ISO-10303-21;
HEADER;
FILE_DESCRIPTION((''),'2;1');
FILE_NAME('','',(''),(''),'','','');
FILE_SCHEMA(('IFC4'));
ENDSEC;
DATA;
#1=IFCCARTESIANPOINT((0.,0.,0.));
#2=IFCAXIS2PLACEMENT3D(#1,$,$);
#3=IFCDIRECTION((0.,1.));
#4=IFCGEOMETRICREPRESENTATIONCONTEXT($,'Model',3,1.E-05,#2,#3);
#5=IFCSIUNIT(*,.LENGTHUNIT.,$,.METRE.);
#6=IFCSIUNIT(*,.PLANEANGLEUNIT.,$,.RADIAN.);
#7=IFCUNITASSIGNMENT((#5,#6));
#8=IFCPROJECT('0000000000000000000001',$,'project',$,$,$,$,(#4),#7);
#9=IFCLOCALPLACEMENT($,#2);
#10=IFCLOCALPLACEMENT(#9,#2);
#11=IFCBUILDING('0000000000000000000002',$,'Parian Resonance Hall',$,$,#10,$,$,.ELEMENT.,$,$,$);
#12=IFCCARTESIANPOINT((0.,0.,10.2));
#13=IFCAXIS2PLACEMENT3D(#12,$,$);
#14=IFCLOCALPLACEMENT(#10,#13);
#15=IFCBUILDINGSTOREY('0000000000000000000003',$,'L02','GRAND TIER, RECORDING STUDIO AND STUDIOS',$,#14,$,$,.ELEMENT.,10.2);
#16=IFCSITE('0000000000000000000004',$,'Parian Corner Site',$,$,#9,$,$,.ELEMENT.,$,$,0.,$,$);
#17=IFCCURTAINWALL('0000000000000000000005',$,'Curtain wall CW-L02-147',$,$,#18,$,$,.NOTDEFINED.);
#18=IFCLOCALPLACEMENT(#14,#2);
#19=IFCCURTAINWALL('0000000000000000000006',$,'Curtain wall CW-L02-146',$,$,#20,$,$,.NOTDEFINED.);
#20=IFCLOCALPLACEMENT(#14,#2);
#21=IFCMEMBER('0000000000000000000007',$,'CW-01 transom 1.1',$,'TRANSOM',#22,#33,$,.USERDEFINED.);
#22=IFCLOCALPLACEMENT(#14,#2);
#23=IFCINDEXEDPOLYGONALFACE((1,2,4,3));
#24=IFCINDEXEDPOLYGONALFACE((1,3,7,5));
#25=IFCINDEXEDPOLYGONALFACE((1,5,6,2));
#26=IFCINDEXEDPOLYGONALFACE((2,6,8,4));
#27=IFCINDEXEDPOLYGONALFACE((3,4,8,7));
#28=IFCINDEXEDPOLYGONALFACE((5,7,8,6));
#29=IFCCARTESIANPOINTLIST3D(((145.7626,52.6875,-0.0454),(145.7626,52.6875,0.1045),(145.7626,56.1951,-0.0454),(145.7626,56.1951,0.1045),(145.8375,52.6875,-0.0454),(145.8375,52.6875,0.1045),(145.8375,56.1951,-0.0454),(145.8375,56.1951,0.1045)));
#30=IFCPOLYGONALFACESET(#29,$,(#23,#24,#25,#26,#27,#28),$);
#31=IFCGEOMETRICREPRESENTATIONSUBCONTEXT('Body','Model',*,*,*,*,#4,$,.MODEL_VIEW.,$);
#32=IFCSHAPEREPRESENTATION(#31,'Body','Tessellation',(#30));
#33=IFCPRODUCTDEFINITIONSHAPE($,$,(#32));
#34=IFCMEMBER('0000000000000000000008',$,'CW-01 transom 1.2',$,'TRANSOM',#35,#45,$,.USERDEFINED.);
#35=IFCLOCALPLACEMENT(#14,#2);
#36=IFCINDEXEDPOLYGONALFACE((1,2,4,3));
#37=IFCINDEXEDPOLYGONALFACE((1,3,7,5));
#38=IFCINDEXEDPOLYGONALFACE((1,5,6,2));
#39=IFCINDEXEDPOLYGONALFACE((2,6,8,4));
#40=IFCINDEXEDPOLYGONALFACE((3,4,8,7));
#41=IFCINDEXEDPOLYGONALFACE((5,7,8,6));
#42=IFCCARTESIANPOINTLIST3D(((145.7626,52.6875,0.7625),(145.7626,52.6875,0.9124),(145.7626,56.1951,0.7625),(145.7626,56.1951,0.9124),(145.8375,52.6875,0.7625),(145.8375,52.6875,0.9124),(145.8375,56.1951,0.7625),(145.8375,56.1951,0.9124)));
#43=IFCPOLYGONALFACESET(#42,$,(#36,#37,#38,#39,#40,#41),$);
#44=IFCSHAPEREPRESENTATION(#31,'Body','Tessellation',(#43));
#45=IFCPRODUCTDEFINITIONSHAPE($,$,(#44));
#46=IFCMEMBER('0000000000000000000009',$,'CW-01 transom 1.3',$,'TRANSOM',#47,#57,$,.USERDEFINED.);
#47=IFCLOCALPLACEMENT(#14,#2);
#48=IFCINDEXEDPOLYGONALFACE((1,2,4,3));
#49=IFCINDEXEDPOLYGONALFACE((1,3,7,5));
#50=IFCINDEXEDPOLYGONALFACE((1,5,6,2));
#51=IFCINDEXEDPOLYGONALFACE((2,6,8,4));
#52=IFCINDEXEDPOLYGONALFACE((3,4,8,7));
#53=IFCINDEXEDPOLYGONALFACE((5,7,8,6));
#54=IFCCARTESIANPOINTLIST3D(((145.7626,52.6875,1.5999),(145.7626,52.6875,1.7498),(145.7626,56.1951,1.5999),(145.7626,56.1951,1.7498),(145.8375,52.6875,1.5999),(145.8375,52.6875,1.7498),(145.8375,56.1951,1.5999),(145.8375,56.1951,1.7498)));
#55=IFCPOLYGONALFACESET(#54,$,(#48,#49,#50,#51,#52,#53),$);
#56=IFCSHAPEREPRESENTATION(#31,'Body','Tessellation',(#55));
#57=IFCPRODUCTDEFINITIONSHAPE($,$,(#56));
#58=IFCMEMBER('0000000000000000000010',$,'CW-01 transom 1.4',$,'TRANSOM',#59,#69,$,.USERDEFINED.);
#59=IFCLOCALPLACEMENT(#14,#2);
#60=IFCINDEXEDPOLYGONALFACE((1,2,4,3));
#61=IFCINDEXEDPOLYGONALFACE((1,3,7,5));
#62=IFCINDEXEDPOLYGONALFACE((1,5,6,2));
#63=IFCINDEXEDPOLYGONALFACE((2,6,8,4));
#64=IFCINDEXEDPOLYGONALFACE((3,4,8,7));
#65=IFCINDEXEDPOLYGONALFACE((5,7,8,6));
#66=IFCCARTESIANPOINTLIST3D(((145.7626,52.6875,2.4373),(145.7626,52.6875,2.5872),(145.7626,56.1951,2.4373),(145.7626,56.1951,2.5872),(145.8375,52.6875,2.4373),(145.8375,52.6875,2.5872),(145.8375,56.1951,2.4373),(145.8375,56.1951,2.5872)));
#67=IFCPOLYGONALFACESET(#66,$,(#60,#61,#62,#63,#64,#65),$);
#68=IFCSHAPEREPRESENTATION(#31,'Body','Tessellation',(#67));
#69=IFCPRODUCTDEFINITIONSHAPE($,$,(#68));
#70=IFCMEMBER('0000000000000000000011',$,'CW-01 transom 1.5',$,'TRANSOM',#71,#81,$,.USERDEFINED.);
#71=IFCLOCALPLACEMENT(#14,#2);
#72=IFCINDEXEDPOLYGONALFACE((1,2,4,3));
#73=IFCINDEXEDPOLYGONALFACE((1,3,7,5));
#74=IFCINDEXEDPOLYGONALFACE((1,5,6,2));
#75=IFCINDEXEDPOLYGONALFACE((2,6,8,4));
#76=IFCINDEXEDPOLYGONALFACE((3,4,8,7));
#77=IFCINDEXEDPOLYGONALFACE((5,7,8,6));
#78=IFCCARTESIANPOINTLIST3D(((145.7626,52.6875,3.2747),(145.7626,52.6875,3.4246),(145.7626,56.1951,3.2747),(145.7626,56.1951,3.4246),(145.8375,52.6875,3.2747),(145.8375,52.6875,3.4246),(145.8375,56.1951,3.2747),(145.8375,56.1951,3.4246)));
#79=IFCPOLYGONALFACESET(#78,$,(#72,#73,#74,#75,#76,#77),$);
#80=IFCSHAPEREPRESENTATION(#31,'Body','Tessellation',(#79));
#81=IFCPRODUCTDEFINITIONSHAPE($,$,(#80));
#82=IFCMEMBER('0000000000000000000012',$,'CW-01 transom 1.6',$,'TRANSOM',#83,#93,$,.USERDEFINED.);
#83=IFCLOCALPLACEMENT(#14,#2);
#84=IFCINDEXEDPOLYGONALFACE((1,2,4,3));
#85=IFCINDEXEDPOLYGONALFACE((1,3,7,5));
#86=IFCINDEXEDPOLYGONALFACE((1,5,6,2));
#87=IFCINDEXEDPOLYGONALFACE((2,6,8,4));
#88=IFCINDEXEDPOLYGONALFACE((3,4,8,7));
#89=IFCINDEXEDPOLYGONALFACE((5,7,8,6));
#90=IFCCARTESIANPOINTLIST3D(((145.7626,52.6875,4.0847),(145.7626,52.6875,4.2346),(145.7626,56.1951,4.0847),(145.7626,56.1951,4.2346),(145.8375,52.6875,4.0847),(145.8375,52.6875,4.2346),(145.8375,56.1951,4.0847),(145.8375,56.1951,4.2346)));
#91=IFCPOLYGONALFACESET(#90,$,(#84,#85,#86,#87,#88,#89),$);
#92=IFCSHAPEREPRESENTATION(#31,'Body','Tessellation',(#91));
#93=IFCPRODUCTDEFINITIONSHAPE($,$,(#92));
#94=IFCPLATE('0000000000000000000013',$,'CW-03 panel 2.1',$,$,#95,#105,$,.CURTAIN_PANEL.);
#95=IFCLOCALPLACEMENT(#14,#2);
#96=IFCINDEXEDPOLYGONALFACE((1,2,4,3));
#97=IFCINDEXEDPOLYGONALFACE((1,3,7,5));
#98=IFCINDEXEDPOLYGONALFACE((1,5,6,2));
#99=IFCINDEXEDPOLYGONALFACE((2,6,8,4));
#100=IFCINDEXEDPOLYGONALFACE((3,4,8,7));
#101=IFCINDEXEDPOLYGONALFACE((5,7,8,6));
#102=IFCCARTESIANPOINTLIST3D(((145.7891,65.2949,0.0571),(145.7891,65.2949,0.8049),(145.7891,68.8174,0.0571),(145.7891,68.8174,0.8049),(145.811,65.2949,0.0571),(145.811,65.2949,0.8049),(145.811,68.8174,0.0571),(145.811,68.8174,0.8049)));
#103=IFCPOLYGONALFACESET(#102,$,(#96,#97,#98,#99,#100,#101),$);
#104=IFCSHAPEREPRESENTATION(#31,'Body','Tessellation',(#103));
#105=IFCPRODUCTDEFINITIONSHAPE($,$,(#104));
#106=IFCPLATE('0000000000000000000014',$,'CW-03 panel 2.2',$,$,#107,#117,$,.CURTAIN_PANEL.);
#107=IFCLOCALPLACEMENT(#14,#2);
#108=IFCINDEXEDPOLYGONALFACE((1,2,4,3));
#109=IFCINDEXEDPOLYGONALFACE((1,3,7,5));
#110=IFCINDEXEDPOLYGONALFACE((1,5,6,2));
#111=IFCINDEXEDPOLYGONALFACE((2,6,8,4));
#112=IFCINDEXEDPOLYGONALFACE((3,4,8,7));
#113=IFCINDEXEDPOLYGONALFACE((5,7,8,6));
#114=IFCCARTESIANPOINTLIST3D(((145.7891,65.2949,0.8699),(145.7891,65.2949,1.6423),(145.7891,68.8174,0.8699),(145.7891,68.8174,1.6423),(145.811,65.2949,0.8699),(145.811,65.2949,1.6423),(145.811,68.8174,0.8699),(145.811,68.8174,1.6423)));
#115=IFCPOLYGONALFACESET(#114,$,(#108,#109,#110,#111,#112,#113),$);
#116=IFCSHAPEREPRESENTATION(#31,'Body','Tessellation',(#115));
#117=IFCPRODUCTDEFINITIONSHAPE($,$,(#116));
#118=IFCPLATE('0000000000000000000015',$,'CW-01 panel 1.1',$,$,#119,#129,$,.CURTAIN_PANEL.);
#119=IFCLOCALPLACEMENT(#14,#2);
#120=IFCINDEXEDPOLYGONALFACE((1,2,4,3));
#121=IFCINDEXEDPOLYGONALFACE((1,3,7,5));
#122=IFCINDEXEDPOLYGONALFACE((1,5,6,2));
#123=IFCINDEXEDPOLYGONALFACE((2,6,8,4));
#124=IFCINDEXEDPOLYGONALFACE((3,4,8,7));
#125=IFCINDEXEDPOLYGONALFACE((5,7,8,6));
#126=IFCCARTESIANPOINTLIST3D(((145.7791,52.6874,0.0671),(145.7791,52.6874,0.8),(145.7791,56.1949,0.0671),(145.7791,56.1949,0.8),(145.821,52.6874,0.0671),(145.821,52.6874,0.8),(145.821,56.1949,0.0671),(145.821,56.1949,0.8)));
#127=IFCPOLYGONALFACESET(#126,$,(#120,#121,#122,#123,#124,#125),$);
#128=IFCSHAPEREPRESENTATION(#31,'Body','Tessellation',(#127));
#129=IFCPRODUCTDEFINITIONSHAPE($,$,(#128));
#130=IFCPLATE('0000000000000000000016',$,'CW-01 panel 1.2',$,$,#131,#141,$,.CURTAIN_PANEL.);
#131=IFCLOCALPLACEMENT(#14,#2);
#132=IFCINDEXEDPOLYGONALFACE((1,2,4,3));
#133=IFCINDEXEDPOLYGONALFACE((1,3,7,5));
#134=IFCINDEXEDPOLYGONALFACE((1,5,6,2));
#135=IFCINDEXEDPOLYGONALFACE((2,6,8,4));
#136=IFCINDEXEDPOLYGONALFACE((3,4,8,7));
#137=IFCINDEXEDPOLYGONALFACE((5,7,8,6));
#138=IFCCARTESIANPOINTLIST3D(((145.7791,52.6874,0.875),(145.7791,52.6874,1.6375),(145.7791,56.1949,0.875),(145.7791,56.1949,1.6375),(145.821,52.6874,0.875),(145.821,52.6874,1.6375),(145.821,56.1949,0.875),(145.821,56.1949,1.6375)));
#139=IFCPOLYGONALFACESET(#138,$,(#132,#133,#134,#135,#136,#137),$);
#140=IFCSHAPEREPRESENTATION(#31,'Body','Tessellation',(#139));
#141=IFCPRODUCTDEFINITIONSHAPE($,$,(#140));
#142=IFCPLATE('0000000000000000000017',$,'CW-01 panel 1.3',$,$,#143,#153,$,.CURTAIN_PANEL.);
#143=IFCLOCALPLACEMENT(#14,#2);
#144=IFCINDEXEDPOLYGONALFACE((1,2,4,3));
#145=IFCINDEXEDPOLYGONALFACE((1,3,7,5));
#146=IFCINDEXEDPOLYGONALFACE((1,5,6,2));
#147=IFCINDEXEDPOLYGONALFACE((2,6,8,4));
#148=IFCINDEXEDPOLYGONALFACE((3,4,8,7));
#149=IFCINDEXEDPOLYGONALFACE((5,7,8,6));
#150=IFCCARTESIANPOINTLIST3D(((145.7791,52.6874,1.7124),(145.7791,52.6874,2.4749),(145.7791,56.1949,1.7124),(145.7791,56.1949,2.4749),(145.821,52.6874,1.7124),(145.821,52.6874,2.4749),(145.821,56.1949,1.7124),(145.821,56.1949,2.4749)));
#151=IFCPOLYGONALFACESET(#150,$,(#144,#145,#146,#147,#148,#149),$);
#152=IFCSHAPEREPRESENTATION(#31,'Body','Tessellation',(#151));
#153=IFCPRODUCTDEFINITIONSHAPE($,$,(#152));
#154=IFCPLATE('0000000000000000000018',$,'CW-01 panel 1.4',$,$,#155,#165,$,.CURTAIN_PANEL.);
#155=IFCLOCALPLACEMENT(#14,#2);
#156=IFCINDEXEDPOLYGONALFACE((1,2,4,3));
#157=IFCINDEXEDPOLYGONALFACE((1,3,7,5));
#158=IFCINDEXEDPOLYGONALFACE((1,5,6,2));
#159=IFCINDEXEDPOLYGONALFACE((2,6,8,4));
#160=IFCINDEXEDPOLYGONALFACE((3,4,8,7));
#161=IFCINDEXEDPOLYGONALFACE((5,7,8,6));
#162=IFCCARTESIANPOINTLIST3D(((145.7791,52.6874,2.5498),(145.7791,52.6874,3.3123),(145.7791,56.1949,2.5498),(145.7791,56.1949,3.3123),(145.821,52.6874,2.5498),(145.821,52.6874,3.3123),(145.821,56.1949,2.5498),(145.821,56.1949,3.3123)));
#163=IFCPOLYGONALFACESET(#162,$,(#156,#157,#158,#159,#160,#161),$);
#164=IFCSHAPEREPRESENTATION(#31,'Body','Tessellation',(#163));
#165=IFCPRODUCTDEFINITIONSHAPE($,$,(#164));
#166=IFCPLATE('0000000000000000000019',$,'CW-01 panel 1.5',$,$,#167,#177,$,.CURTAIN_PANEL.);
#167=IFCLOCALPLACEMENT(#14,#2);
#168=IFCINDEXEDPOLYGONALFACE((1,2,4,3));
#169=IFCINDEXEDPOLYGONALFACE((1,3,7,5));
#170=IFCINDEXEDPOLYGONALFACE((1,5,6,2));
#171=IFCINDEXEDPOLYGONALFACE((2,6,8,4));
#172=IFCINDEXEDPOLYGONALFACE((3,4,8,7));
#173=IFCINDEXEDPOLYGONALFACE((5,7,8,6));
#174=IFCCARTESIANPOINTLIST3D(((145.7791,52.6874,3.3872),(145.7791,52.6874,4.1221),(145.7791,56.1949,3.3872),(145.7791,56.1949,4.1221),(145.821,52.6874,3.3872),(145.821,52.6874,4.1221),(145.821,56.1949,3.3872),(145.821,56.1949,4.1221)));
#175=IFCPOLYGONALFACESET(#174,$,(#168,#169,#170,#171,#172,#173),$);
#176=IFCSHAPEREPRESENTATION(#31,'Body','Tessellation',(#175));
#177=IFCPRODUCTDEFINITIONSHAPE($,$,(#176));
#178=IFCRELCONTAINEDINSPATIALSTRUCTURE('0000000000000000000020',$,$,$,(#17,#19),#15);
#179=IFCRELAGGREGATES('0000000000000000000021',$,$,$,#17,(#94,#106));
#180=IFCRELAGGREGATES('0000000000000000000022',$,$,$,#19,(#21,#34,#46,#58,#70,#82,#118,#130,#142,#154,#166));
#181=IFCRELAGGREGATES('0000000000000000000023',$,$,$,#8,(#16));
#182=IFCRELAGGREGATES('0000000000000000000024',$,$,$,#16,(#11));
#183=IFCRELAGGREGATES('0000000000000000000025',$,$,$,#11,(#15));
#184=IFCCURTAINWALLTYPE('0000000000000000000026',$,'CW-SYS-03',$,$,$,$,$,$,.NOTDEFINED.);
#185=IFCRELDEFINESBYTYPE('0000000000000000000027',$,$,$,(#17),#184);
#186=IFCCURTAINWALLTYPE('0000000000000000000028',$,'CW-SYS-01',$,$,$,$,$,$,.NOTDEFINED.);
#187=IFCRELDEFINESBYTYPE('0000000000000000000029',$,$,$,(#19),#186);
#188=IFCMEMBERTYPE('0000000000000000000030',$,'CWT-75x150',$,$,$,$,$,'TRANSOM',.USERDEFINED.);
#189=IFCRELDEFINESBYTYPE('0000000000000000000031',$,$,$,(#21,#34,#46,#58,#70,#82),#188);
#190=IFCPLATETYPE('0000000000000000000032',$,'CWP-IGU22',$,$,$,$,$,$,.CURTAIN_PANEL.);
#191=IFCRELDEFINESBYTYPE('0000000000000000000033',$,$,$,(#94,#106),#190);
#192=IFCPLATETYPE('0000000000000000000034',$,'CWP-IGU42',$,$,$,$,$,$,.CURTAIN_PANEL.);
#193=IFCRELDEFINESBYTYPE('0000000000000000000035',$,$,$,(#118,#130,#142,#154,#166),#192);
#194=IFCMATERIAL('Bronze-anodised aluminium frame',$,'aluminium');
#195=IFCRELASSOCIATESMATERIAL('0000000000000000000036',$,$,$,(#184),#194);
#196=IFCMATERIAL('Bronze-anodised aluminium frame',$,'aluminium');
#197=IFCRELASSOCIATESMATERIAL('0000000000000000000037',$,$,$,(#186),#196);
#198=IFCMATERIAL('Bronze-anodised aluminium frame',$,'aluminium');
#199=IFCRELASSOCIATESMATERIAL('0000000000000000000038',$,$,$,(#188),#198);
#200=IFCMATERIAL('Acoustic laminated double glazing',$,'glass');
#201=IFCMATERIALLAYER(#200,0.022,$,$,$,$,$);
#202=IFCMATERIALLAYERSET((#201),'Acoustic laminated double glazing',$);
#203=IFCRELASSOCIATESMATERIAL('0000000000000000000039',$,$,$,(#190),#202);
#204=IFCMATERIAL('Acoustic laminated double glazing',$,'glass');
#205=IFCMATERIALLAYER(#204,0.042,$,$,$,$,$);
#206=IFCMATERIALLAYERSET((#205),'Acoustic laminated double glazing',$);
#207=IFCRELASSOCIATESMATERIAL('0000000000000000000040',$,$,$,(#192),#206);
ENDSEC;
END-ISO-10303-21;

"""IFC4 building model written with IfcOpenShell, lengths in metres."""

from ifc_helpers import new_model, si_unit, direction, frame, origin, origin_2d, place, context, subcontext, project, spatial, rectangle, extrude, material, layer, layer_set, material_profile, profile_set, type_object, element, aggregate, save


model = new_model("IFC4")

# Units and contexts
model_context = context("Model", 3, precision=1e-05, world=origin(), true_north=direction((0.0, 1.0)))
body_context = subcontext(model_context, "Body", "Model", "MODEL_VIEW")
ifc_project = project(units=[si_unit("LENGTHUNIT", "METRE"), si_unit("PLANEANGLEUNIT", "RADIAN")], contexts=[model_context])

# Site, building, storey
site_placement = place(None, origin())
site = spatial("IfcSite", under=ifc_project, at=site_placement, Name="Parian Corner Site", CompositionType="ELEMENT", RefElevation=0.0)
building_placement = place(site_placement, origin())
building = spatial("IfcBuilding", under=site, at=building_placement, Name="Parian Resonance Hall", CompositionType="ELEMENT")
storey_placement = place(building_placement, frame((0.0, 0.0, 10.2)))
storey = spatial("IfcBuildingStorey", under=building, at=storey_placement, Name="L02", Description="GRAND TIER, RECORDING STUDIO AND STUDIOS", CompositionType="ELEMENT", Elevation=10.2)

# Curtain wall
ifc_material_1 = material(Name="Bronze-anodised aluminium frame", Category="aluminium")
curtain_wall_type_1 = type_object("IfcCurtainWallType", Name="CW-SYS-03", PredefinedType="NOTDEFINED", material=ifc_material_1)
curtain_wall_1_placement = place(storey_placement, origin())
curtain_wall_1 = element("IfcCurtainWall", 1, at=curtain_wall_1_placement, inside=storey, type_object=curtain_wall_type_1, Name="Curtain wall CW-L02-147", PredefinedType="NOTDEFINED")

# Curtain wall, members
ifc_material_2 = material(Name="Bronze-anodised aluminium frame", Category="aluminium")
curtain_wall_type_2 = type_object("IfcCurtainWallType", Name="CW-SYS-01", PredefinedType="NOTDEFINED", material=ifc_material_2)
curtain_wall_2_placement = place(storey_placement, origin())
curtain_wall_2 = element("IfcCurtainWall", 2, at=curtain_wall_2_placement, inside=storey, type_object=curtain_wall_type_2, Name="Curtain wall CW-L02-146", PredefinedType="NOTDEFINED")
ifc_material_3 = material(Name="Bronze-anodised aluminium frame", Category="aluminium")
ifc_material_profile_1 = material_profile(ifc_material_3, rectangle(XDim=0.075, YDim=0.1499, at=origin_2d()), Name="CWT-75x150")
ifc_profile_set_1 = profile_set([ifc_material_profile_1], Name="Bronze-anodised aluminium frame")
member_type_1 = type_object("IfcMemberType", Name="CWT-75x150", ElementType="TRANSOM", PredefinedType="USERDEFINED", material=ifc_profile_set_1)
member_1_placement = place(storey_placement, frame((145.8, 56.1951, 0.0295), z_axis=(0.0, -1.0, 0.0), x_axis=(1.0, 0.0, 0.0)))
member_1 = element("IfcMember", 3, at=member_1_placement, type_object=member_type_1, Name="CW-01 transom 1.1", ObjectType="TRANSOM", PredefinedType="USERDEFINED", context=body_context, shape_type="SweptSolid", body=[
    extrude(rectangle(XDim=0.075, YDim=0.1499, at=origin_2d()), origin(), (0.0, 0.0, 1.0), 3.5076),
])
member_2_placement = place(storey_placement, frame((145.8, 56.1951, 0.8374), z_axis=(0.0, -1.0, 0.0), x_axis=(1.0, 0.0, 0.0)))
member_2 = element("IfcMember", 4, at=member_2_placement, type_object=member_type_1, Name="CW-01 transom 1.2", ObjectType="TRANSOM", PredefinedType="USERDEFINED", context=body_context, shape_type="SweptSolid", body=[
    extrude(rectangle(XDim=0.075, YDim=0.1499, at=origin_2d()), origin(), (0.0, 0.0, 1.0), 3.5076),
])
member_3_placement = place(storey_placement, frame((145.8, 56.1951, 1.6748), z_axis=(0.0, -1.0, 0.0), x_axis=(1.0, 0.0, 0.0)))
member_3 = element("IfcMember", 5, at=member_3_placement, type_object=member_type_1, Name="CW-01 transom 1.3", ObjectType="TRANSOM", PredefinedType="USERDEFINED", context=body_context, shape_type="SweptSolid", body=[
    extrude(rectangle(XDim=0.075, YDim=0.1499, at=origin_2d()), origin(), (0.0, 0.0, 1.0), 3.5076),
])
member_4_placement = place(storey_placement, frame((145.8, 56.1951, 2.5122), z_axis=(0.0, -1.0, 0.0), x_axis=(1.0, 0.0, 0.0)))
member_4 = element("IfcMember", 6, at=member_4_placement, type_object=member_type_1, Name="CW-01 transom 1.4", ObjectType="TRANSOM", PredefinedType="USERDEFINED", context=body_context, shape_type="SweptSolid", body=[
    extrude(rectangle(XDim=0.075, YDim=0.1499, at=origin_2d()), origin(), (0.0, 0.0, 1.0), 3.5076),
])
member_5_placement = place(storey_placement, frame((145.8, 56.1951, 3.3496), z_axis=(0.0, -1.0, 0.0), x_axis=(1.0, 0.0, 0.0)))
member_5 = element("IfcMember", 7, at=member_5_placement, type_object=member_type_1, Name="CW-01 transom 1.5", ObjectType="TRANSOM", PredefinedType="USERDEFINED", context=body_context, shape_type="SweptSolid", body=[
    extrude(rectangle(XDim=0.075, YDim=0.1499, at=origin_2d()), origin(), (0.0, 0.0, 1.0), 3.5076),
])
member_6_placement = place(storey_placement, frame((145.8, 56.1951, 4.1597), z_axis=(0.0, -1.0, 0.0), x_axis=(1.0, 0.0, 0.0)))
member_6 = element("IfcMember", 8, at=member_6_placement, type_object=member_type_1, Name="CW-01 transom 1.6", ObjectType="TRANSOM", PredefinedType="USERDEFINED", context=body_context, shape_type="SweptSolid", body=[
    extrude(rectangle(XDim=0.075, YDim=0.1499, at=origin_2d()), origin(), (0.0, 0.0, 1.0), 3.5076),
])

# Plates
ifc_material_4 = material(Name="Acoustic laminated double glazing", Category="glass")
ifc_layer_1 = layer(ifc_material_4, 0.022)
ifc_layer_set_1 = layer_set([ifc_layer_1], Name="Acoustic laminated double glazing")
plate_type_1 = type_object("IfcPlateType", Name="CWP-IGU22", PredefinedType="CURTAIN_PANEL", material=ifc_layer_set_1)
plate_1_placement = place(storey_placement, frame((145.8, 67.0562, 0.0571), z_axis=(0.0, 0.0, 1.0), x_axis=(0.0, -1.0, 0.0)))
plate_1 = element("IfcPlate", 9, at=plate_1_placement, type_object=plate_type_1, Name="CW-03 panel 2.1", PredefinedType="CURTAIN_PANEL", context=body_context, shape_type="SweptSolid", body=[
    extrude(rectangle(XDim=3.5225, YDim=0.022, at=origin_2d()), origin(), (0.0, 0.0, 1.0), 0.7478),
])
plate_2_placement = place(storey_placement, frame((145.8, 67.0562, 0.8699), z_axis=(0.0, 0.0, 1.0), x_axis=(0.0, -1.0, 0.0)))
plate_2 = element("IfcPlate", 10, at=plate_2_placement, type_object=plate_type_1, Name="CW-03 panel 2.2", PredefinedType="CURTAIN_PANEL", context=body_context, shape_type="SweptSolid", body=[
    extrude(rectangle(XDim=3.5225, YDim=0.022, at=origin_2d()), origin(), (0.0, 0.0, 1.0), 0.7725),
])
aggregate(curtain_wall_1, [plate_1, plate_2])
ifc_material_5 = material(Name="Acoustic laminated double glazing", Category="glass")
ifc_layer_2 = layer(ifc_material_5, 0.042)
ifc_layer_set_2 = layer_set([ifc_layer_2], Name="Acoustic laminated double glazing")
plate_type_2 = type_object("IfcPlateType", Name="CWP-IGU42", PredefinedType="CURTAIN_PANEL", material=ifc_layer_set_2)
plate_3_placement = place(storey_placement, frame((145.8, 54.4412, 0.0671), z_axis=(0.0, 0.0, 1.0), x_axis=(0.0, -1.0, 0.0)))
plate_3 = element("IfcPlate", 11, at=plate_3_placement, type_object=plate_type_2, Name="CW-01 panel 1.1", PredefinedType="CURTAIN_PANEL", context=body_context, shape_type="SweptSolid", body=[
    extrude(rectangle(XDim=3.5076, YDim=0.042, at=origin_2d()), origin(), (0.0, 0.0, 1.0), 0.7329),
])
plate_4_placement = place(storey_placement, frame((145.8, 54.4412, 0.875), z_axis=(0.0, 0.0, 1.0), x_axis=(0.0, -1.0, 0.0)))
plate_4 = element("IfcPlate", 12, at=plate_4_placement, type_object=plate_type_2, Name="CW-01 panel 1.2", PredefinedType="CURTAIN_PANEL", context=body_context, shape_type="SweptSolid", body=[
    extrude(rectangle(XDim=3.5076, YDim=0.042, at=origin_2d()), origin(), (0.0, 0.0, 1.0), 0.7625),
])
plate_5_placement = place(storey_placement, frame((145.8, 54.4412, 1.7124), z_axis=(0.0, 0.0, 1.0), x_axis=(0.0, -1.0, 0.0)))
plate_5 = element("IfcPlate", 13, at=plate_5_placement, type_object=plate_type_2, Name="CW-01 panel 1.3", PredefinedType="CURTAIN_PANEL", context=body_context, shape_type="SweptSolid", body=[
    extrude(rectangle(XDim=3.5076, YDim=0.042, at=origin_2d()), origin(), (0.0, 0.0, 1.0), 0.7625),
])
plate_6_placement = place(storey_placement, frame((145.8, 54.4412, 2.5498), z_axis=(0.0, 0.0, 1.0), x_axis=(0.0, -1.0, 0.0)))
plate_6 = element("IfcPlate", 14, at=plate_6_placement, type_object=plate_type_2, Name="CW-01 panel 1.4", PredefinedType="CURTAIN_PANEL", context=body_context, shape_type="SweptSolid", body=[
    extrude(rectangle(XDim=3.5076, YDim=0.042, at=origin_2d()), origin(), (0.0, 0.0, 1.0), 0.7625),
])
plate_7_placement = place(storey_placement, frame((145.8, 54.4412, 3.3872), z_axis=(0.0, 0.0, 1.0), x_axis=(0.0, -1.0, 0.0)))
plate_7 = element("IfcPlate", 15, at=plate_7_placement, type_object=plate_type_2, Name="CW-01 panel 1.5", PredefinedType="CURTAIN_PANEL", context=body_context, shape_type="SweptSolid", body=[
    extrude(rectangle(XDim=3.5076, YDim=0.042, at=origin_2d()), origin(), (0.0, 0.0, 1.0), 0.7349),
])
aggregate(curtain_wall_2, [member_1, member_2, member_3, member_4, member_5, member_6, plate_3, plate_4, plate_5, plate_6, plate_7])

save(model, "model.ifc")
